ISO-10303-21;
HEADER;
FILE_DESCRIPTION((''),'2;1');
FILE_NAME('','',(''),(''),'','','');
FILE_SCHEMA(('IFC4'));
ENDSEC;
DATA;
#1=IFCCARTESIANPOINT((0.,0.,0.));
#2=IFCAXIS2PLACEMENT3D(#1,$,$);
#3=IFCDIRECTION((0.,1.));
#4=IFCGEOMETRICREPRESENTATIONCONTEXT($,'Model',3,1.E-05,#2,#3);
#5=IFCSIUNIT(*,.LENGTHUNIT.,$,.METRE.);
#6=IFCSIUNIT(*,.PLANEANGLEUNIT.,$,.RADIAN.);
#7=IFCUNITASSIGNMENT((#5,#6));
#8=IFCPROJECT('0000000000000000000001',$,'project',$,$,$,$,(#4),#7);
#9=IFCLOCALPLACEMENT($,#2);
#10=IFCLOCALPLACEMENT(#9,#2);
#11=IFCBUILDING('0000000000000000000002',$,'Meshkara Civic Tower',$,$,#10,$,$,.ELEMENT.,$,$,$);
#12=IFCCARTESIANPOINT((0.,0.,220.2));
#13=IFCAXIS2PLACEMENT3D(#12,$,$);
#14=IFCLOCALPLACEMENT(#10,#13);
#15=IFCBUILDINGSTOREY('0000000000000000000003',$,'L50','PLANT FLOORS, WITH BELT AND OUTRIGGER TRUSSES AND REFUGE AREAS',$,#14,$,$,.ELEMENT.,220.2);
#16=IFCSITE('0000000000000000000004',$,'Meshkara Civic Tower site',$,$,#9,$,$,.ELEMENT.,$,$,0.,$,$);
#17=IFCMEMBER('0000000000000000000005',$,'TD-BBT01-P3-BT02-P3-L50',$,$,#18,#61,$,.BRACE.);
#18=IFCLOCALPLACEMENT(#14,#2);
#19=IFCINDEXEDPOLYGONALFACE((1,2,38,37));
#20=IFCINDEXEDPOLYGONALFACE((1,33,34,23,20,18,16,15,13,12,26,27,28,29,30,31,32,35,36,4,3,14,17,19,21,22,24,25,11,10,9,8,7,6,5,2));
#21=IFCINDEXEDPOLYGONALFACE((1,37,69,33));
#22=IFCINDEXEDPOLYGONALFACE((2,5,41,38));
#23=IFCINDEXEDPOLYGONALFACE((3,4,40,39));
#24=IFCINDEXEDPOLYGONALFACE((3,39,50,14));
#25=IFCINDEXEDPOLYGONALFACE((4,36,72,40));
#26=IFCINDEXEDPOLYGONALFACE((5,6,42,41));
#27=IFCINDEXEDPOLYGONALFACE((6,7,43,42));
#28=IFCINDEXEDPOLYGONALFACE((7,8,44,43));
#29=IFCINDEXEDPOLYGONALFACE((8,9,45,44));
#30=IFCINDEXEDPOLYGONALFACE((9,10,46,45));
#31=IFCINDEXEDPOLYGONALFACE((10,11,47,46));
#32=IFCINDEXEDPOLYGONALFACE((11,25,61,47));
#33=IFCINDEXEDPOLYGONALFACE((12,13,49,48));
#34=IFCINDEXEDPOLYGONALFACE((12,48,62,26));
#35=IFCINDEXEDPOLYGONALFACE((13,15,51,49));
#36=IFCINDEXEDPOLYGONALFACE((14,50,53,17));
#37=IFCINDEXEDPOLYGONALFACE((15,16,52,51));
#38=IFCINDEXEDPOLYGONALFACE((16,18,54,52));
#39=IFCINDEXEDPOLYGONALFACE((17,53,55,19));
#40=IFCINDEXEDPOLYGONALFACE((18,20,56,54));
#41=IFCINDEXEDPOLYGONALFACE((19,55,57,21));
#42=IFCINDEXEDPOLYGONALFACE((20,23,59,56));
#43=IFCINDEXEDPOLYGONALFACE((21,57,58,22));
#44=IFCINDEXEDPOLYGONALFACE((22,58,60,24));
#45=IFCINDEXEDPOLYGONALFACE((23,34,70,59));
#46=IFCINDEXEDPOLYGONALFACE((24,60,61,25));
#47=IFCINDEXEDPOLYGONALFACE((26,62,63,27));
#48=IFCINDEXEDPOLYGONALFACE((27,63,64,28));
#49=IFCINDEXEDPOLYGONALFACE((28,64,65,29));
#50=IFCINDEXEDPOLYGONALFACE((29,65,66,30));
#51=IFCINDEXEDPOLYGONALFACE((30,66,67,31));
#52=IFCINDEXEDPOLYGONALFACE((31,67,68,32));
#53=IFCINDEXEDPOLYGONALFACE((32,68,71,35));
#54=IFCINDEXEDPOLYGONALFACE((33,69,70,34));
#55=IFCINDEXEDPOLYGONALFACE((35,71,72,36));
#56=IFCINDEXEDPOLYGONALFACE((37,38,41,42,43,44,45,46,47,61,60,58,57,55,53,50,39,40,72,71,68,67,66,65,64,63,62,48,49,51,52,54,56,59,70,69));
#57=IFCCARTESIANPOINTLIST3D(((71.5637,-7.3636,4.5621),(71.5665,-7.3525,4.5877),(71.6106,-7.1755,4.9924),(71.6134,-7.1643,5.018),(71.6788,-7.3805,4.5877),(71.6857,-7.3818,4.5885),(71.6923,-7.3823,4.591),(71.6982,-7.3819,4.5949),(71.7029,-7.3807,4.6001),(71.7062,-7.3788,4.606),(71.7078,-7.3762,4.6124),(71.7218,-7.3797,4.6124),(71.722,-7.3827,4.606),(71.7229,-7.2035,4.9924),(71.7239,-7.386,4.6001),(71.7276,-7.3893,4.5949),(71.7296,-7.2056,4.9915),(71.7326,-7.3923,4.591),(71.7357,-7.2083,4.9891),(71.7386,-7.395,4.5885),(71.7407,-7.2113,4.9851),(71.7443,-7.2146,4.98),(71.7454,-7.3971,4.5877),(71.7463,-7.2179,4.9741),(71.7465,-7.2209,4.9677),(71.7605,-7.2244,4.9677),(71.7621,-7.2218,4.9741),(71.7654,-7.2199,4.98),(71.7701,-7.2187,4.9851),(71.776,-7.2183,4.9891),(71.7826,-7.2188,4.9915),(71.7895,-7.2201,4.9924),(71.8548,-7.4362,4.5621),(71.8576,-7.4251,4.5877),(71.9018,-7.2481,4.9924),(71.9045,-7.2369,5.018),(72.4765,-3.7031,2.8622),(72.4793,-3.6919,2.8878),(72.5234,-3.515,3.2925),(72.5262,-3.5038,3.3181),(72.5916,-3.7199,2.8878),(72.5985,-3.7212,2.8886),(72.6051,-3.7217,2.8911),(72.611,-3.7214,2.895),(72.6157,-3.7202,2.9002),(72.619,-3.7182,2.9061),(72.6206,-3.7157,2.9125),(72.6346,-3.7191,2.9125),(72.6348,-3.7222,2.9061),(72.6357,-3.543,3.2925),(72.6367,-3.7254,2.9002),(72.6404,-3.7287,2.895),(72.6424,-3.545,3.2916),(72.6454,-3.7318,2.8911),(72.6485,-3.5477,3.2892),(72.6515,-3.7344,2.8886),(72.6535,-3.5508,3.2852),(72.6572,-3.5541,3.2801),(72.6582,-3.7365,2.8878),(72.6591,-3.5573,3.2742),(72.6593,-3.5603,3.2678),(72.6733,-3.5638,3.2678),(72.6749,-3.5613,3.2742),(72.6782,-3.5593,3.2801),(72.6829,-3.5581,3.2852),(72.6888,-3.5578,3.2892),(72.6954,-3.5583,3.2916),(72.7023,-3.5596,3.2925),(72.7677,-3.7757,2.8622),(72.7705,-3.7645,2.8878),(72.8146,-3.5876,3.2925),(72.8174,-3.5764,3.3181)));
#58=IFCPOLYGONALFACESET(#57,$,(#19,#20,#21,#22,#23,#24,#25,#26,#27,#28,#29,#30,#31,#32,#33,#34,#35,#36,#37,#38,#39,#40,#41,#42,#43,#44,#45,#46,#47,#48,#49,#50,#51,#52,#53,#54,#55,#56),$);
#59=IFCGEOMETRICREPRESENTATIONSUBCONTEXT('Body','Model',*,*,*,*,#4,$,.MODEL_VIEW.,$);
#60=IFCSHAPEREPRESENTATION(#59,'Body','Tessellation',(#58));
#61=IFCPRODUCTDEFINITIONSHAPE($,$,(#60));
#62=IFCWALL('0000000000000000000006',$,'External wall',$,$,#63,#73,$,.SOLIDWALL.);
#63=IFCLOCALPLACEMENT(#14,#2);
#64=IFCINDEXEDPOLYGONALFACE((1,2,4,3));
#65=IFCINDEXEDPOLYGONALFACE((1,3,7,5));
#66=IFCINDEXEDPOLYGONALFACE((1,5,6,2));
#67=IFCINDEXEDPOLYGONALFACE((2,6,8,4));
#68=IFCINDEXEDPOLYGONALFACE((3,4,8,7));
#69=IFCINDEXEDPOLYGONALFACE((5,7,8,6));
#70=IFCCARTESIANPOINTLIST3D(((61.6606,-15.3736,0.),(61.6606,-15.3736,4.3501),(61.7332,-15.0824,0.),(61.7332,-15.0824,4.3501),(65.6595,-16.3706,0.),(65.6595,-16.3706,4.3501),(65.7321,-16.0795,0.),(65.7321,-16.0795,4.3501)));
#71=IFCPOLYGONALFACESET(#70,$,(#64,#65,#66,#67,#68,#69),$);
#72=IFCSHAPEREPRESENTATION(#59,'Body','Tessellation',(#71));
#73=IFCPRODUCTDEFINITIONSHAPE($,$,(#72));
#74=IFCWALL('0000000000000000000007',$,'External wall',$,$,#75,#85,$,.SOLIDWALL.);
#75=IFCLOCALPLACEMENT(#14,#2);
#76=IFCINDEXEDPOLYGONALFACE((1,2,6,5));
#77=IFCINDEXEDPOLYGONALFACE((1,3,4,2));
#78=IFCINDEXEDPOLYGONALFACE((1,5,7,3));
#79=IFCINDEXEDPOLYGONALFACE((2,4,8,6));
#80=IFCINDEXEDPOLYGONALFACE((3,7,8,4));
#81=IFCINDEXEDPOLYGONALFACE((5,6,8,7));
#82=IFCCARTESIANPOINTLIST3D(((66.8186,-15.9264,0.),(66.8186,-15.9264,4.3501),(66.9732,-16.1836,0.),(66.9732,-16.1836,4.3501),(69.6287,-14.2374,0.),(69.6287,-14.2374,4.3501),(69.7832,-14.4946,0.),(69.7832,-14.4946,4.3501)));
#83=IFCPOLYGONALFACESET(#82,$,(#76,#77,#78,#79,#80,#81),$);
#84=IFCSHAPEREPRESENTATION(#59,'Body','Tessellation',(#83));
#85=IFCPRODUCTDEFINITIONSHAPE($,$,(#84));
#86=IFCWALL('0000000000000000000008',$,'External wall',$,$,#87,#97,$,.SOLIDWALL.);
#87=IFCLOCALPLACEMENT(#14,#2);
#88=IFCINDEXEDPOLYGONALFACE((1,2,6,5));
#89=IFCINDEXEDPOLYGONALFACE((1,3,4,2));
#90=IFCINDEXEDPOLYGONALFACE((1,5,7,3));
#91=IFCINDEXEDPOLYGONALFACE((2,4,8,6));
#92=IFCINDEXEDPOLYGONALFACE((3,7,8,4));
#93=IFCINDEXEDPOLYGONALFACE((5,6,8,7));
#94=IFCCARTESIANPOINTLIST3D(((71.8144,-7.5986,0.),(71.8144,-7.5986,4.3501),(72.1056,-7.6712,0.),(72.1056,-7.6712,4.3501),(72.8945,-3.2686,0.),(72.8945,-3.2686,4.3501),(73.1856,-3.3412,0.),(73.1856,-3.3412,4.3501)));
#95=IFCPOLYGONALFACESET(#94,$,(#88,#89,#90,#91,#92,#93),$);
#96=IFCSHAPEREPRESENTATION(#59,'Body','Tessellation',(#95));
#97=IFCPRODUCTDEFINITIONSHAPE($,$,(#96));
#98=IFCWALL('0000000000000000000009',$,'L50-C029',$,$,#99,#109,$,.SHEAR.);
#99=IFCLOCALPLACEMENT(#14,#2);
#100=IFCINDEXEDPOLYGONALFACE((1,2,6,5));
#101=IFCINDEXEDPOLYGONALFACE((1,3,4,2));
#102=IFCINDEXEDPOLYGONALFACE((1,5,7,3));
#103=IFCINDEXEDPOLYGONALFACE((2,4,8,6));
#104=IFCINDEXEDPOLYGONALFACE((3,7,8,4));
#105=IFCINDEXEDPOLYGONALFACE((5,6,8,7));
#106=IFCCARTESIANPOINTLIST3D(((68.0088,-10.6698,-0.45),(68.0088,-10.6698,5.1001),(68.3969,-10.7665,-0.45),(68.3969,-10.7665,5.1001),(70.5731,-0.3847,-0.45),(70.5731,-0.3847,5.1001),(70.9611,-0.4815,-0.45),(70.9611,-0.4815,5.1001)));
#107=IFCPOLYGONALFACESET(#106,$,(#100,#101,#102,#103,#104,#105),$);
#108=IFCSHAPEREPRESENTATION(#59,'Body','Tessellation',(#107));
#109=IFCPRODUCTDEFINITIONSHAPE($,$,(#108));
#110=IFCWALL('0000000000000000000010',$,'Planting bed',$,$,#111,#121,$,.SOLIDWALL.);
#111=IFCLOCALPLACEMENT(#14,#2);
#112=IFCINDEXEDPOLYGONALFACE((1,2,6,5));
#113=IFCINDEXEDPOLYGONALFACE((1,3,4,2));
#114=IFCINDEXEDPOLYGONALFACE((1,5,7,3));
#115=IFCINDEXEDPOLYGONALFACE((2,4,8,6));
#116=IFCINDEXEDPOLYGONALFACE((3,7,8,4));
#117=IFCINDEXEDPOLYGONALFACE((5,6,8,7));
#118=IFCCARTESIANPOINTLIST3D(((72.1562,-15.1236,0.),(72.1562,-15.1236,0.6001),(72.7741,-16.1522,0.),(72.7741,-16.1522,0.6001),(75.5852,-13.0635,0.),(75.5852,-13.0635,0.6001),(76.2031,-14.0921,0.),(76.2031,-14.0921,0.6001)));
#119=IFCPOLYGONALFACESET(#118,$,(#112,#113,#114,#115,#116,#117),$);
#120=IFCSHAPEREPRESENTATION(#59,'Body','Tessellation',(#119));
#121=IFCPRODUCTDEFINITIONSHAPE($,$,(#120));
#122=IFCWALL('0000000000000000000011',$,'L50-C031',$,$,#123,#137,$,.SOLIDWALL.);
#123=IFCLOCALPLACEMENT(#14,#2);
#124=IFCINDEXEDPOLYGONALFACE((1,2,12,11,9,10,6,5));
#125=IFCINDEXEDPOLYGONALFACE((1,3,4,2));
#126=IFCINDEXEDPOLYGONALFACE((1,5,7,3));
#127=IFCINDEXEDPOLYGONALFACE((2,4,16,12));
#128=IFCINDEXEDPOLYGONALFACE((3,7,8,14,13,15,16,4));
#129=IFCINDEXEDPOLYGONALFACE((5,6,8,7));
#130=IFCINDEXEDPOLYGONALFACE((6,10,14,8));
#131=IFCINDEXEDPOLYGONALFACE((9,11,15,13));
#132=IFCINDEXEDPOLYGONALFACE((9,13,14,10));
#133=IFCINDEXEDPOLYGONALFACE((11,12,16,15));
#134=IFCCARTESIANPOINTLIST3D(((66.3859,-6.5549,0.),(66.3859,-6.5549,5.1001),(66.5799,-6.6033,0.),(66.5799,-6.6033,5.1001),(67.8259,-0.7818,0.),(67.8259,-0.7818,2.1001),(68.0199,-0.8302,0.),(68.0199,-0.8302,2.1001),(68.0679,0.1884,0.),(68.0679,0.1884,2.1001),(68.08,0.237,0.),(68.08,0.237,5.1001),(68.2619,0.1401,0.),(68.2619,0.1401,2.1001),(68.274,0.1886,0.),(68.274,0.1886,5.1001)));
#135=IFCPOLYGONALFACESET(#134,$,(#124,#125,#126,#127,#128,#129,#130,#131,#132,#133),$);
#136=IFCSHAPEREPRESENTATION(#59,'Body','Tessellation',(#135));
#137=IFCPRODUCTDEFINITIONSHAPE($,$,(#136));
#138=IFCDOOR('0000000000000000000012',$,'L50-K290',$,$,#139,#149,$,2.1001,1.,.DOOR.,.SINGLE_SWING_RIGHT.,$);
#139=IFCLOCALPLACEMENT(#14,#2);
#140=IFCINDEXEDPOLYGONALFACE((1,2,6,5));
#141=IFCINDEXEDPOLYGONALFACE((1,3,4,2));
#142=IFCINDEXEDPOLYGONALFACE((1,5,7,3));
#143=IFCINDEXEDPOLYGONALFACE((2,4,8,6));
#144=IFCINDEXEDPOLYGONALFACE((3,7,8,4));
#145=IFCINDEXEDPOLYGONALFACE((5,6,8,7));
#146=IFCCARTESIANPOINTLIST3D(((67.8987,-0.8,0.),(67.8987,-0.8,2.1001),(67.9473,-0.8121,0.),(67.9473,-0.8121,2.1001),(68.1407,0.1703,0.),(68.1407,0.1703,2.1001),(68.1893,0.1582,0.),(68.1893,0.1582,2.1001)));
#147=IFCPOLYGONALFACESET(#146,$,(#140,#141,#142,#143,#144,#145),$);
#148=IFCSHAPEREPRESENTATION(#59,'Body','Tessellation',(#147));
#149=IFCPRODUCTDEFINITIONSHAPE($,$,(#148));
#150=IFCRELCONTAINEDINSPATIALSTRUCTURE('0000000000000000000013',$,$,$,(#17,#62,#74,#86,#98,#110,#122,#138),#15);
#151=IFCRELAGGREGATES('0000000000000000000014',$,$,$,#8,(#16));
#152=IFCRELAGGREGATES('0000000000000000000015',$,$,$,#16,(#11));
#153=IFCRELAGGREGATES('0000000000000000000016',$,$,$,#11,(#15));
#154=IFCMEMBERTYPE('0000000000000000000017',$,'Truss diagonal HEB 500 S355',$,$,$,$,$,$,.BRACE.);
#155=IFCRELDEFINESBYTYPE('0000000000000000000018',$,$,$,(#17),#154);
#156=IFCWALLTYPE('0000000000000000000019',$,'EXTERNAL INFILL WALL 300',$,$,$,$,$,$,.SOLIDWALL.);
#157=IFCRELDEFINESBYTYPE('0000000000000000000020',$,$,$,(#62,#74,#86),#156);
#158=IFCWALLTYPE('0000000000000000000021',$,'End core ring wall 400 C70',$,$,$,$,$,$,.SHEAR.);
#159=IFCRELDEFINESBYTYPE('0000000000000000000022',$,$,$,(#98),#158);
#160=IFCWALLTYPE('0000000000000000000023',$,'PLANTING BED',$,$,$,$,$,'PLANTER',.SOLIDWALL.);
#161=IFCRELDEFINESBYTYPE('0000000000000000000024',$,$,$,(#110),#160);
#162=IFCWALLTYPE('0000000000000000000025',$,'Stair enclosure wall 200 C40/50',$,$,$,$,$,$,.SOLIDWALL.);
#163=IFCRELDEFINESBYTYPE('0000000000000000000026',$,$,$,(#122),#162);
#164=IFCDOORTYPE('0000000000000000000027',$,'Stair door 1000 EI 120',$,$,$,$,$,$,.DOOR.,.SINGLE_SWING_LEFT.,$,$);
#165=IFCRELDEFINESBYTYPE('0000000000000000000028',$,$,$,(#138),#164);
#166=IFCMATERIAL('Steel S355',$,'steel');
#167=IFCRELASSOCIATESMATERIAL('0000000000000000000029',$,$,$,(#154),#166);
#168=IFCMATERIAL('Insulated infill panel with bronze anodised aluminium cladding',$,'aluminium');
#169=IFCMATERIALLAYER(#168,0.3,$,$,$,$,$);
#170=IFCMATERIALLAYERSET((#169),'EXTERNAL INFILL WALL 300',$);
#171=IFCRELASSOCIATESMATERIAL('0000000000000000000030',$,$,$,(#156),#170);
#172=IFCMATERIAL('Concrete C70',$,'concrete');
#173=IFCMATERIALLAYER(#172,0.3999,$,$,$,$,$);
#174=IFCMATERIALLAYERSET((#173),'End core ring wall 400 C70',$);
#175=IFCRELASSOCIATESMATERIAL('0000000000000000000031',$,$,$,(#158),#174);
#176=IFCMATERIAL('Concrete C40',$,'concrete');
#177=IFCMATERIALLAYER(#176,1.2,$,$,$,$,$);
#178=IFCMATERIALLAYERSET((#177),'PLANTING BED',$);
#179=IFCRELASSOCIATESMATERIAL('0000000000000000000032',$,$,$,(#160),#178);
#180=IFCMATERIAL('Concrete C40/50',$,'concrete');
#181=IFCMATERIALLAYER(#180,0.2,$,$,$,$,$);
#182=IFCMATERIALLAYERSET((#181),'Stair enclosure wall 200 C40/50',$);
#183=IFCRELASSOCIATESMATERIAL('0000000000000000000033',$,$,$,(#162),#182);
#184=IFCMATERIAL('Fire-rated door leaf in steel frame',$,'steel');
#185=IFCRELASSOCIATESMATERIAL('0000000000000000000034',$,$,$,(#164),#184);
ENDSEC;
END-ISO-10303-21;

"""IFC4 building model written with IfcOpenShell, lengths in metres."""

from ifc_helpers import new_model, si_unit, direction, frame, frame_2d, origin, origin_2d, place, context, subcontext, project, spatial, rectangle, i_section, extrude, material, layer, layer_set, material_profile, profile_set, type_object, element, fill, save


model = new_model("IFC4")

# Units and contexts
model_context = context("Model", 3, precision=1e-05, world=origin(), true_north=direction((0.0, 1.0)))
body_context = subcontext(model_context, "Body", "Model", "MODEL_VIEW")
ifc_project = project(units=[si_unit("LENGTHUNIT", "METRE"), si_unit("PLANEANGLEUNIT", "RADIAN")], contexts=[model_context])

# Site, building, storey
site_placement = place(None, origin())
site = spatial("IfcSite", under=ifc_project, at=site_placement, Name="Meshkara Civic Tower site", CompositionType="ELEMENT", RefElevation=0.0)
building_placement = place(site_placement, origin())
building = spatial("IfcBuilding", under=site, at=building_placement, Name="Meshkara Civic Tower", CompositionType="ELEMENT")
storey_placement = place(building_placement, frame((0.0, 0.0, 220.2)))
storey = spatial("IfcBuildingStorey", under=building, at=storey_placement, Name="L50", Description="PLANT FLOORS, WITH BELT AND OUTRIGGER TRUSSES AND REFUGE AREAS", CompositionType="ELEMENT", Elevation=220.2)

# Member
ifc_material_1 = material(Name="Steel S355", Category="steel")
ifc_material_profile_1 = material_profile(ifc_material_1, i_section(OverallWidth=0.3, OverallDepth=0.5, WebThickness=0.0144, FlangeThickness=0.0281, FilletRadius=0.0271, at=origin_2d()))
ifc_profile_set_1 = profile_set([ifc_material_profile_1], Name="Steel S355")
member_type = type_object("IfcMemberType", Name="Truss diagonal HEB 500 S355", PredefinedType="BRACE", material=ifc_profile_set_1)
member_1_placement = place(storey_placement, frame((71.7341, -7.3003, 4.79), z_axis=(0.220597, 0.884631, -0.41081), x_axis=(-0.970287, 0.241957, 0.0)))
element("IfcMember", 1, at=member_1_placement, inside=storey, type_object=member_type, Name="TD-BBT01-P3-BT02-P3-L50", PredefinedType="BRACE", context=body_context, shape_type="SweptSolid", body=[
    extrude(i_section(OverallWidth=0.3, OverallDepth=0.5, WebThickness=0.0144, FlangeThickness=0.0281, FilletRadius=0.0271, at=origin_2d()), origin(), (0.0, 0.0, 1.0), 4.1379),
])

# Walls
ifc_material_2 = material(Name="Insulated infill panel with bronze anodised aluminium cladding", Category="aluminium")
ifc_layer_1 = layer(ifc_material_2, 0.3)
ifc_layer_set_1 = layer_set([ifc_layer_1], Name="EXTERNAL INFILL WALL 300")
wall_type_1 = type_object("IfcWallType", Name="EXTERNAL INFILL WALL 300", PredefinedType="SOLIDWALL", material=ifc_layer_set_1)
wall_1_placement = place(storey_placement, frame((61.697, -15.228, 0.0), z_axis=(0.0, 0.0, 1.0), x_axis=(0.970296, -0.241922, 0.0)))
element("IfcWall", 2, at=wall_1_placement, inside=storey, type_object=wall_type_1, Name="External wall", PredefinedType="SOLIDWALL", context=body_context, shape_type="SweptSolid", body=[
    extrude(rectangle(XDim=4.1213, YDim=0.3, at=frame_2d((2.0605, 0.0))), origin(), (0.0, 0.0, 1.0), 4.3501),
])
wall_2_placement = place(storey_placement, frame((66.896, -16.0549, 0.0), z_axis=(0.0, 0.0, 1.0), x_axis=(0.857098, 0.515153, 0.0)))
element("IfcWall", 3, at=wall_2_placement, inside=storey, type_object=wall_type_1, Name="External wall", PredefinedType="SOLIDWALL", context=body_context, shape_type="SweptSolid", body=[
    extrude(rectangle(XDim=3.2786, YDim=0.3, at=frame_2d((1.6392, 0.0))), origin(), (0.0, 0.0, 1.0), 4.3501),
])

# Walls
wall_3_placement = place(storey_placement, frame((71.96, -7.635, 0.0), z_axis=(0.0, 0.0, 1.0), x_axis=(0.242021, 0.970271, 0.0)))
element("IfcWall", 4, at=wall_3_placement, inside=storey, type_object=wall_type_1, Name="External wall", PredefinedType="SOLIDWALL", context=body_context, shape_type="SweptSolid", body=[
    extrude(rectangle(XDim=4.4626, YDim=0.3, at=frame_2d((2.2314, 0.0))), origin(), (0.0, 0.0, 1.0), 4.3501),
])
ifc_material_3 = material(Name="Concrete C70", Category="concrete")
ifc_layer_2 = layer(ifc_material_3, 0.3999)
ifc_layer_set_2 = layer_set([ifc_layer_2], Name="End core ring wall 400 C70")
wall_type_2 = type_object("IfcWallType", Name="End core ring wall 400 C70", PredefinedType="SHEAR", material=ifc_layer_set_2)
wall_4_placement = place(storey_placement, frame((68.2029, -10.718, -0.45), z_axis=(0.0, 0.0, 1.0), x_axis=(0.241912, 0.970298, 0.0)))
element("IfcWall", 5, at=wall_4_placement, inside=storey, type_object=wall_type_2, Name="L50-C029", PredefinedType="SHEAR", context=body_context, shape_type="SweptSolid", body=[
    extrude(rectangle(XDim=10.5999, YDim=0.3999, at=frame_2d((5.2998, 0.0))), origin(), (0.0, 0.0, 1.0), 5.55),
])
ifc_material_4 = material(Name="Concrete C40", Category="concrete")
ifc_layer_3 = layer(ifc_material_4, 1.2)
ifc_layer_set_3 = layer_set([ifc_layer_3], Name="PLANTING BED")
wall_type_3 = type_object("IfcWallType", Name="PLANTING BED", ElementType="PLANTER", PredefinedType="SOLIDWALL", material=ifc_layer_set_3)
wall_5_placement = place(storey_placement, frame((75.894, -13.5779, 0.0), z_axis=(0.0, 0.0, 1.0), x_axis=(-0.857197, -0.514989, 0.0)))
element("IfcWall", 6, at=wall_5_placement, inside=storey, type_object=wall_type_3, Name="Planting bed", PredefinedType="SOLIDWALL", context=body_context, shape_type="SweptSolid", body=[
    extrude(rectangle(XDim=4.0002, YDim=1.2, at=frame_2d((2.0, 0.0))), origin(), (0.0, 0.0, 1.0), 0.6001),
])

# Wall, opening, door
ifc_material_5 = material(Name="Concrete C40/50", Category="concrete")
ifc_layer_4 = layer(ifc_material_5, 0.2)
ifc_layer_set_4 = layer_set([ifc_layer_4], Name="Stair enclosure wall 200 C40/50")
wall_type_4 = type_object("IfcWallType", Name="Stair enclosure wall 200 C40/50", PredefinedType="SOLIDWALL", material=ifc_layer_set_4)
wall_6_placement = place(storey_placement, frame((66.4829, -6.5791, 0.0), z_axis=(0.0, 0.0, 1.0), x_axis=(0.24201, 0.970274, 0.0)))
wall_6 = element("IfcWall", 7, at=wall_6_placement, inside=storey, type_object=wall_type_4, Name="L50-C031", PredefinedType="SOLIDWALL", context=body_context, shape_type="SweptSolid", body=[
    extrude(rectangle(XDim=7.0, YDim=0.2, at=frame_2d((3.5, 0.0))), origin(), (0.0, 0.0, 1.0), 5.1001),
])
opening_1_placement = place(wall_6_placement, frame((5.95, 0.0, 0.0)))
opening_1 = element("IfcOpeningElement", 8, at=opening_1_placement, cuts=wall_6, PredefinedType="OPENING", context=body_context, shape_type="SweptSolid", body=[
    extrude(rectangle(XDim=1.0, YDim=2.1001, at=frame_2d((0.5, 1.05))), frame((0.0, 0.1099, 0.0), z_axis=(0.0, -1.0, 0.0), x_axis=(1.0, 0.0, 0.0)), (0.0, 0.0, 1.0), 0.22),
])
ifc_material_6 = material(Name="Fire-rated door leaf in steel frame", Category="steel")
door_type_1 = type_object("IfcDoorType", Name="Stair door 1000 EI 120", OperationType="SINGLE_SWING_LEFT", PredefinedType="DOOR", material=ifc_material_6)
door_1_placement = place(opening_1_placement, origin())
door_1 = element("IfcDoor", 9, at=door_1_placement, inside=storey, type_object=door_type_1, Name="L50-K290", OperationType="SINGLE_SWING_RIGHT", OverallHeight=2.1001, OverallWidth=1.0, PredefinedType="DOOR", context=body_context, shape_type="SweptSolid", body=[
    extrude(rectangle(XDim=1.0, YDim=2.1001, at=frame_2d((0.5, 1.05))), frame((0.0, 0.0249, 0.0), z_axis=(0.0, -1.0, 0.0), x_axis=(1.0, 0.0, 0.0)), (0.0, 0.0, 1.0), 0.05),
])
fill(opening_1, door_1)

save(model, "model.ifc")
